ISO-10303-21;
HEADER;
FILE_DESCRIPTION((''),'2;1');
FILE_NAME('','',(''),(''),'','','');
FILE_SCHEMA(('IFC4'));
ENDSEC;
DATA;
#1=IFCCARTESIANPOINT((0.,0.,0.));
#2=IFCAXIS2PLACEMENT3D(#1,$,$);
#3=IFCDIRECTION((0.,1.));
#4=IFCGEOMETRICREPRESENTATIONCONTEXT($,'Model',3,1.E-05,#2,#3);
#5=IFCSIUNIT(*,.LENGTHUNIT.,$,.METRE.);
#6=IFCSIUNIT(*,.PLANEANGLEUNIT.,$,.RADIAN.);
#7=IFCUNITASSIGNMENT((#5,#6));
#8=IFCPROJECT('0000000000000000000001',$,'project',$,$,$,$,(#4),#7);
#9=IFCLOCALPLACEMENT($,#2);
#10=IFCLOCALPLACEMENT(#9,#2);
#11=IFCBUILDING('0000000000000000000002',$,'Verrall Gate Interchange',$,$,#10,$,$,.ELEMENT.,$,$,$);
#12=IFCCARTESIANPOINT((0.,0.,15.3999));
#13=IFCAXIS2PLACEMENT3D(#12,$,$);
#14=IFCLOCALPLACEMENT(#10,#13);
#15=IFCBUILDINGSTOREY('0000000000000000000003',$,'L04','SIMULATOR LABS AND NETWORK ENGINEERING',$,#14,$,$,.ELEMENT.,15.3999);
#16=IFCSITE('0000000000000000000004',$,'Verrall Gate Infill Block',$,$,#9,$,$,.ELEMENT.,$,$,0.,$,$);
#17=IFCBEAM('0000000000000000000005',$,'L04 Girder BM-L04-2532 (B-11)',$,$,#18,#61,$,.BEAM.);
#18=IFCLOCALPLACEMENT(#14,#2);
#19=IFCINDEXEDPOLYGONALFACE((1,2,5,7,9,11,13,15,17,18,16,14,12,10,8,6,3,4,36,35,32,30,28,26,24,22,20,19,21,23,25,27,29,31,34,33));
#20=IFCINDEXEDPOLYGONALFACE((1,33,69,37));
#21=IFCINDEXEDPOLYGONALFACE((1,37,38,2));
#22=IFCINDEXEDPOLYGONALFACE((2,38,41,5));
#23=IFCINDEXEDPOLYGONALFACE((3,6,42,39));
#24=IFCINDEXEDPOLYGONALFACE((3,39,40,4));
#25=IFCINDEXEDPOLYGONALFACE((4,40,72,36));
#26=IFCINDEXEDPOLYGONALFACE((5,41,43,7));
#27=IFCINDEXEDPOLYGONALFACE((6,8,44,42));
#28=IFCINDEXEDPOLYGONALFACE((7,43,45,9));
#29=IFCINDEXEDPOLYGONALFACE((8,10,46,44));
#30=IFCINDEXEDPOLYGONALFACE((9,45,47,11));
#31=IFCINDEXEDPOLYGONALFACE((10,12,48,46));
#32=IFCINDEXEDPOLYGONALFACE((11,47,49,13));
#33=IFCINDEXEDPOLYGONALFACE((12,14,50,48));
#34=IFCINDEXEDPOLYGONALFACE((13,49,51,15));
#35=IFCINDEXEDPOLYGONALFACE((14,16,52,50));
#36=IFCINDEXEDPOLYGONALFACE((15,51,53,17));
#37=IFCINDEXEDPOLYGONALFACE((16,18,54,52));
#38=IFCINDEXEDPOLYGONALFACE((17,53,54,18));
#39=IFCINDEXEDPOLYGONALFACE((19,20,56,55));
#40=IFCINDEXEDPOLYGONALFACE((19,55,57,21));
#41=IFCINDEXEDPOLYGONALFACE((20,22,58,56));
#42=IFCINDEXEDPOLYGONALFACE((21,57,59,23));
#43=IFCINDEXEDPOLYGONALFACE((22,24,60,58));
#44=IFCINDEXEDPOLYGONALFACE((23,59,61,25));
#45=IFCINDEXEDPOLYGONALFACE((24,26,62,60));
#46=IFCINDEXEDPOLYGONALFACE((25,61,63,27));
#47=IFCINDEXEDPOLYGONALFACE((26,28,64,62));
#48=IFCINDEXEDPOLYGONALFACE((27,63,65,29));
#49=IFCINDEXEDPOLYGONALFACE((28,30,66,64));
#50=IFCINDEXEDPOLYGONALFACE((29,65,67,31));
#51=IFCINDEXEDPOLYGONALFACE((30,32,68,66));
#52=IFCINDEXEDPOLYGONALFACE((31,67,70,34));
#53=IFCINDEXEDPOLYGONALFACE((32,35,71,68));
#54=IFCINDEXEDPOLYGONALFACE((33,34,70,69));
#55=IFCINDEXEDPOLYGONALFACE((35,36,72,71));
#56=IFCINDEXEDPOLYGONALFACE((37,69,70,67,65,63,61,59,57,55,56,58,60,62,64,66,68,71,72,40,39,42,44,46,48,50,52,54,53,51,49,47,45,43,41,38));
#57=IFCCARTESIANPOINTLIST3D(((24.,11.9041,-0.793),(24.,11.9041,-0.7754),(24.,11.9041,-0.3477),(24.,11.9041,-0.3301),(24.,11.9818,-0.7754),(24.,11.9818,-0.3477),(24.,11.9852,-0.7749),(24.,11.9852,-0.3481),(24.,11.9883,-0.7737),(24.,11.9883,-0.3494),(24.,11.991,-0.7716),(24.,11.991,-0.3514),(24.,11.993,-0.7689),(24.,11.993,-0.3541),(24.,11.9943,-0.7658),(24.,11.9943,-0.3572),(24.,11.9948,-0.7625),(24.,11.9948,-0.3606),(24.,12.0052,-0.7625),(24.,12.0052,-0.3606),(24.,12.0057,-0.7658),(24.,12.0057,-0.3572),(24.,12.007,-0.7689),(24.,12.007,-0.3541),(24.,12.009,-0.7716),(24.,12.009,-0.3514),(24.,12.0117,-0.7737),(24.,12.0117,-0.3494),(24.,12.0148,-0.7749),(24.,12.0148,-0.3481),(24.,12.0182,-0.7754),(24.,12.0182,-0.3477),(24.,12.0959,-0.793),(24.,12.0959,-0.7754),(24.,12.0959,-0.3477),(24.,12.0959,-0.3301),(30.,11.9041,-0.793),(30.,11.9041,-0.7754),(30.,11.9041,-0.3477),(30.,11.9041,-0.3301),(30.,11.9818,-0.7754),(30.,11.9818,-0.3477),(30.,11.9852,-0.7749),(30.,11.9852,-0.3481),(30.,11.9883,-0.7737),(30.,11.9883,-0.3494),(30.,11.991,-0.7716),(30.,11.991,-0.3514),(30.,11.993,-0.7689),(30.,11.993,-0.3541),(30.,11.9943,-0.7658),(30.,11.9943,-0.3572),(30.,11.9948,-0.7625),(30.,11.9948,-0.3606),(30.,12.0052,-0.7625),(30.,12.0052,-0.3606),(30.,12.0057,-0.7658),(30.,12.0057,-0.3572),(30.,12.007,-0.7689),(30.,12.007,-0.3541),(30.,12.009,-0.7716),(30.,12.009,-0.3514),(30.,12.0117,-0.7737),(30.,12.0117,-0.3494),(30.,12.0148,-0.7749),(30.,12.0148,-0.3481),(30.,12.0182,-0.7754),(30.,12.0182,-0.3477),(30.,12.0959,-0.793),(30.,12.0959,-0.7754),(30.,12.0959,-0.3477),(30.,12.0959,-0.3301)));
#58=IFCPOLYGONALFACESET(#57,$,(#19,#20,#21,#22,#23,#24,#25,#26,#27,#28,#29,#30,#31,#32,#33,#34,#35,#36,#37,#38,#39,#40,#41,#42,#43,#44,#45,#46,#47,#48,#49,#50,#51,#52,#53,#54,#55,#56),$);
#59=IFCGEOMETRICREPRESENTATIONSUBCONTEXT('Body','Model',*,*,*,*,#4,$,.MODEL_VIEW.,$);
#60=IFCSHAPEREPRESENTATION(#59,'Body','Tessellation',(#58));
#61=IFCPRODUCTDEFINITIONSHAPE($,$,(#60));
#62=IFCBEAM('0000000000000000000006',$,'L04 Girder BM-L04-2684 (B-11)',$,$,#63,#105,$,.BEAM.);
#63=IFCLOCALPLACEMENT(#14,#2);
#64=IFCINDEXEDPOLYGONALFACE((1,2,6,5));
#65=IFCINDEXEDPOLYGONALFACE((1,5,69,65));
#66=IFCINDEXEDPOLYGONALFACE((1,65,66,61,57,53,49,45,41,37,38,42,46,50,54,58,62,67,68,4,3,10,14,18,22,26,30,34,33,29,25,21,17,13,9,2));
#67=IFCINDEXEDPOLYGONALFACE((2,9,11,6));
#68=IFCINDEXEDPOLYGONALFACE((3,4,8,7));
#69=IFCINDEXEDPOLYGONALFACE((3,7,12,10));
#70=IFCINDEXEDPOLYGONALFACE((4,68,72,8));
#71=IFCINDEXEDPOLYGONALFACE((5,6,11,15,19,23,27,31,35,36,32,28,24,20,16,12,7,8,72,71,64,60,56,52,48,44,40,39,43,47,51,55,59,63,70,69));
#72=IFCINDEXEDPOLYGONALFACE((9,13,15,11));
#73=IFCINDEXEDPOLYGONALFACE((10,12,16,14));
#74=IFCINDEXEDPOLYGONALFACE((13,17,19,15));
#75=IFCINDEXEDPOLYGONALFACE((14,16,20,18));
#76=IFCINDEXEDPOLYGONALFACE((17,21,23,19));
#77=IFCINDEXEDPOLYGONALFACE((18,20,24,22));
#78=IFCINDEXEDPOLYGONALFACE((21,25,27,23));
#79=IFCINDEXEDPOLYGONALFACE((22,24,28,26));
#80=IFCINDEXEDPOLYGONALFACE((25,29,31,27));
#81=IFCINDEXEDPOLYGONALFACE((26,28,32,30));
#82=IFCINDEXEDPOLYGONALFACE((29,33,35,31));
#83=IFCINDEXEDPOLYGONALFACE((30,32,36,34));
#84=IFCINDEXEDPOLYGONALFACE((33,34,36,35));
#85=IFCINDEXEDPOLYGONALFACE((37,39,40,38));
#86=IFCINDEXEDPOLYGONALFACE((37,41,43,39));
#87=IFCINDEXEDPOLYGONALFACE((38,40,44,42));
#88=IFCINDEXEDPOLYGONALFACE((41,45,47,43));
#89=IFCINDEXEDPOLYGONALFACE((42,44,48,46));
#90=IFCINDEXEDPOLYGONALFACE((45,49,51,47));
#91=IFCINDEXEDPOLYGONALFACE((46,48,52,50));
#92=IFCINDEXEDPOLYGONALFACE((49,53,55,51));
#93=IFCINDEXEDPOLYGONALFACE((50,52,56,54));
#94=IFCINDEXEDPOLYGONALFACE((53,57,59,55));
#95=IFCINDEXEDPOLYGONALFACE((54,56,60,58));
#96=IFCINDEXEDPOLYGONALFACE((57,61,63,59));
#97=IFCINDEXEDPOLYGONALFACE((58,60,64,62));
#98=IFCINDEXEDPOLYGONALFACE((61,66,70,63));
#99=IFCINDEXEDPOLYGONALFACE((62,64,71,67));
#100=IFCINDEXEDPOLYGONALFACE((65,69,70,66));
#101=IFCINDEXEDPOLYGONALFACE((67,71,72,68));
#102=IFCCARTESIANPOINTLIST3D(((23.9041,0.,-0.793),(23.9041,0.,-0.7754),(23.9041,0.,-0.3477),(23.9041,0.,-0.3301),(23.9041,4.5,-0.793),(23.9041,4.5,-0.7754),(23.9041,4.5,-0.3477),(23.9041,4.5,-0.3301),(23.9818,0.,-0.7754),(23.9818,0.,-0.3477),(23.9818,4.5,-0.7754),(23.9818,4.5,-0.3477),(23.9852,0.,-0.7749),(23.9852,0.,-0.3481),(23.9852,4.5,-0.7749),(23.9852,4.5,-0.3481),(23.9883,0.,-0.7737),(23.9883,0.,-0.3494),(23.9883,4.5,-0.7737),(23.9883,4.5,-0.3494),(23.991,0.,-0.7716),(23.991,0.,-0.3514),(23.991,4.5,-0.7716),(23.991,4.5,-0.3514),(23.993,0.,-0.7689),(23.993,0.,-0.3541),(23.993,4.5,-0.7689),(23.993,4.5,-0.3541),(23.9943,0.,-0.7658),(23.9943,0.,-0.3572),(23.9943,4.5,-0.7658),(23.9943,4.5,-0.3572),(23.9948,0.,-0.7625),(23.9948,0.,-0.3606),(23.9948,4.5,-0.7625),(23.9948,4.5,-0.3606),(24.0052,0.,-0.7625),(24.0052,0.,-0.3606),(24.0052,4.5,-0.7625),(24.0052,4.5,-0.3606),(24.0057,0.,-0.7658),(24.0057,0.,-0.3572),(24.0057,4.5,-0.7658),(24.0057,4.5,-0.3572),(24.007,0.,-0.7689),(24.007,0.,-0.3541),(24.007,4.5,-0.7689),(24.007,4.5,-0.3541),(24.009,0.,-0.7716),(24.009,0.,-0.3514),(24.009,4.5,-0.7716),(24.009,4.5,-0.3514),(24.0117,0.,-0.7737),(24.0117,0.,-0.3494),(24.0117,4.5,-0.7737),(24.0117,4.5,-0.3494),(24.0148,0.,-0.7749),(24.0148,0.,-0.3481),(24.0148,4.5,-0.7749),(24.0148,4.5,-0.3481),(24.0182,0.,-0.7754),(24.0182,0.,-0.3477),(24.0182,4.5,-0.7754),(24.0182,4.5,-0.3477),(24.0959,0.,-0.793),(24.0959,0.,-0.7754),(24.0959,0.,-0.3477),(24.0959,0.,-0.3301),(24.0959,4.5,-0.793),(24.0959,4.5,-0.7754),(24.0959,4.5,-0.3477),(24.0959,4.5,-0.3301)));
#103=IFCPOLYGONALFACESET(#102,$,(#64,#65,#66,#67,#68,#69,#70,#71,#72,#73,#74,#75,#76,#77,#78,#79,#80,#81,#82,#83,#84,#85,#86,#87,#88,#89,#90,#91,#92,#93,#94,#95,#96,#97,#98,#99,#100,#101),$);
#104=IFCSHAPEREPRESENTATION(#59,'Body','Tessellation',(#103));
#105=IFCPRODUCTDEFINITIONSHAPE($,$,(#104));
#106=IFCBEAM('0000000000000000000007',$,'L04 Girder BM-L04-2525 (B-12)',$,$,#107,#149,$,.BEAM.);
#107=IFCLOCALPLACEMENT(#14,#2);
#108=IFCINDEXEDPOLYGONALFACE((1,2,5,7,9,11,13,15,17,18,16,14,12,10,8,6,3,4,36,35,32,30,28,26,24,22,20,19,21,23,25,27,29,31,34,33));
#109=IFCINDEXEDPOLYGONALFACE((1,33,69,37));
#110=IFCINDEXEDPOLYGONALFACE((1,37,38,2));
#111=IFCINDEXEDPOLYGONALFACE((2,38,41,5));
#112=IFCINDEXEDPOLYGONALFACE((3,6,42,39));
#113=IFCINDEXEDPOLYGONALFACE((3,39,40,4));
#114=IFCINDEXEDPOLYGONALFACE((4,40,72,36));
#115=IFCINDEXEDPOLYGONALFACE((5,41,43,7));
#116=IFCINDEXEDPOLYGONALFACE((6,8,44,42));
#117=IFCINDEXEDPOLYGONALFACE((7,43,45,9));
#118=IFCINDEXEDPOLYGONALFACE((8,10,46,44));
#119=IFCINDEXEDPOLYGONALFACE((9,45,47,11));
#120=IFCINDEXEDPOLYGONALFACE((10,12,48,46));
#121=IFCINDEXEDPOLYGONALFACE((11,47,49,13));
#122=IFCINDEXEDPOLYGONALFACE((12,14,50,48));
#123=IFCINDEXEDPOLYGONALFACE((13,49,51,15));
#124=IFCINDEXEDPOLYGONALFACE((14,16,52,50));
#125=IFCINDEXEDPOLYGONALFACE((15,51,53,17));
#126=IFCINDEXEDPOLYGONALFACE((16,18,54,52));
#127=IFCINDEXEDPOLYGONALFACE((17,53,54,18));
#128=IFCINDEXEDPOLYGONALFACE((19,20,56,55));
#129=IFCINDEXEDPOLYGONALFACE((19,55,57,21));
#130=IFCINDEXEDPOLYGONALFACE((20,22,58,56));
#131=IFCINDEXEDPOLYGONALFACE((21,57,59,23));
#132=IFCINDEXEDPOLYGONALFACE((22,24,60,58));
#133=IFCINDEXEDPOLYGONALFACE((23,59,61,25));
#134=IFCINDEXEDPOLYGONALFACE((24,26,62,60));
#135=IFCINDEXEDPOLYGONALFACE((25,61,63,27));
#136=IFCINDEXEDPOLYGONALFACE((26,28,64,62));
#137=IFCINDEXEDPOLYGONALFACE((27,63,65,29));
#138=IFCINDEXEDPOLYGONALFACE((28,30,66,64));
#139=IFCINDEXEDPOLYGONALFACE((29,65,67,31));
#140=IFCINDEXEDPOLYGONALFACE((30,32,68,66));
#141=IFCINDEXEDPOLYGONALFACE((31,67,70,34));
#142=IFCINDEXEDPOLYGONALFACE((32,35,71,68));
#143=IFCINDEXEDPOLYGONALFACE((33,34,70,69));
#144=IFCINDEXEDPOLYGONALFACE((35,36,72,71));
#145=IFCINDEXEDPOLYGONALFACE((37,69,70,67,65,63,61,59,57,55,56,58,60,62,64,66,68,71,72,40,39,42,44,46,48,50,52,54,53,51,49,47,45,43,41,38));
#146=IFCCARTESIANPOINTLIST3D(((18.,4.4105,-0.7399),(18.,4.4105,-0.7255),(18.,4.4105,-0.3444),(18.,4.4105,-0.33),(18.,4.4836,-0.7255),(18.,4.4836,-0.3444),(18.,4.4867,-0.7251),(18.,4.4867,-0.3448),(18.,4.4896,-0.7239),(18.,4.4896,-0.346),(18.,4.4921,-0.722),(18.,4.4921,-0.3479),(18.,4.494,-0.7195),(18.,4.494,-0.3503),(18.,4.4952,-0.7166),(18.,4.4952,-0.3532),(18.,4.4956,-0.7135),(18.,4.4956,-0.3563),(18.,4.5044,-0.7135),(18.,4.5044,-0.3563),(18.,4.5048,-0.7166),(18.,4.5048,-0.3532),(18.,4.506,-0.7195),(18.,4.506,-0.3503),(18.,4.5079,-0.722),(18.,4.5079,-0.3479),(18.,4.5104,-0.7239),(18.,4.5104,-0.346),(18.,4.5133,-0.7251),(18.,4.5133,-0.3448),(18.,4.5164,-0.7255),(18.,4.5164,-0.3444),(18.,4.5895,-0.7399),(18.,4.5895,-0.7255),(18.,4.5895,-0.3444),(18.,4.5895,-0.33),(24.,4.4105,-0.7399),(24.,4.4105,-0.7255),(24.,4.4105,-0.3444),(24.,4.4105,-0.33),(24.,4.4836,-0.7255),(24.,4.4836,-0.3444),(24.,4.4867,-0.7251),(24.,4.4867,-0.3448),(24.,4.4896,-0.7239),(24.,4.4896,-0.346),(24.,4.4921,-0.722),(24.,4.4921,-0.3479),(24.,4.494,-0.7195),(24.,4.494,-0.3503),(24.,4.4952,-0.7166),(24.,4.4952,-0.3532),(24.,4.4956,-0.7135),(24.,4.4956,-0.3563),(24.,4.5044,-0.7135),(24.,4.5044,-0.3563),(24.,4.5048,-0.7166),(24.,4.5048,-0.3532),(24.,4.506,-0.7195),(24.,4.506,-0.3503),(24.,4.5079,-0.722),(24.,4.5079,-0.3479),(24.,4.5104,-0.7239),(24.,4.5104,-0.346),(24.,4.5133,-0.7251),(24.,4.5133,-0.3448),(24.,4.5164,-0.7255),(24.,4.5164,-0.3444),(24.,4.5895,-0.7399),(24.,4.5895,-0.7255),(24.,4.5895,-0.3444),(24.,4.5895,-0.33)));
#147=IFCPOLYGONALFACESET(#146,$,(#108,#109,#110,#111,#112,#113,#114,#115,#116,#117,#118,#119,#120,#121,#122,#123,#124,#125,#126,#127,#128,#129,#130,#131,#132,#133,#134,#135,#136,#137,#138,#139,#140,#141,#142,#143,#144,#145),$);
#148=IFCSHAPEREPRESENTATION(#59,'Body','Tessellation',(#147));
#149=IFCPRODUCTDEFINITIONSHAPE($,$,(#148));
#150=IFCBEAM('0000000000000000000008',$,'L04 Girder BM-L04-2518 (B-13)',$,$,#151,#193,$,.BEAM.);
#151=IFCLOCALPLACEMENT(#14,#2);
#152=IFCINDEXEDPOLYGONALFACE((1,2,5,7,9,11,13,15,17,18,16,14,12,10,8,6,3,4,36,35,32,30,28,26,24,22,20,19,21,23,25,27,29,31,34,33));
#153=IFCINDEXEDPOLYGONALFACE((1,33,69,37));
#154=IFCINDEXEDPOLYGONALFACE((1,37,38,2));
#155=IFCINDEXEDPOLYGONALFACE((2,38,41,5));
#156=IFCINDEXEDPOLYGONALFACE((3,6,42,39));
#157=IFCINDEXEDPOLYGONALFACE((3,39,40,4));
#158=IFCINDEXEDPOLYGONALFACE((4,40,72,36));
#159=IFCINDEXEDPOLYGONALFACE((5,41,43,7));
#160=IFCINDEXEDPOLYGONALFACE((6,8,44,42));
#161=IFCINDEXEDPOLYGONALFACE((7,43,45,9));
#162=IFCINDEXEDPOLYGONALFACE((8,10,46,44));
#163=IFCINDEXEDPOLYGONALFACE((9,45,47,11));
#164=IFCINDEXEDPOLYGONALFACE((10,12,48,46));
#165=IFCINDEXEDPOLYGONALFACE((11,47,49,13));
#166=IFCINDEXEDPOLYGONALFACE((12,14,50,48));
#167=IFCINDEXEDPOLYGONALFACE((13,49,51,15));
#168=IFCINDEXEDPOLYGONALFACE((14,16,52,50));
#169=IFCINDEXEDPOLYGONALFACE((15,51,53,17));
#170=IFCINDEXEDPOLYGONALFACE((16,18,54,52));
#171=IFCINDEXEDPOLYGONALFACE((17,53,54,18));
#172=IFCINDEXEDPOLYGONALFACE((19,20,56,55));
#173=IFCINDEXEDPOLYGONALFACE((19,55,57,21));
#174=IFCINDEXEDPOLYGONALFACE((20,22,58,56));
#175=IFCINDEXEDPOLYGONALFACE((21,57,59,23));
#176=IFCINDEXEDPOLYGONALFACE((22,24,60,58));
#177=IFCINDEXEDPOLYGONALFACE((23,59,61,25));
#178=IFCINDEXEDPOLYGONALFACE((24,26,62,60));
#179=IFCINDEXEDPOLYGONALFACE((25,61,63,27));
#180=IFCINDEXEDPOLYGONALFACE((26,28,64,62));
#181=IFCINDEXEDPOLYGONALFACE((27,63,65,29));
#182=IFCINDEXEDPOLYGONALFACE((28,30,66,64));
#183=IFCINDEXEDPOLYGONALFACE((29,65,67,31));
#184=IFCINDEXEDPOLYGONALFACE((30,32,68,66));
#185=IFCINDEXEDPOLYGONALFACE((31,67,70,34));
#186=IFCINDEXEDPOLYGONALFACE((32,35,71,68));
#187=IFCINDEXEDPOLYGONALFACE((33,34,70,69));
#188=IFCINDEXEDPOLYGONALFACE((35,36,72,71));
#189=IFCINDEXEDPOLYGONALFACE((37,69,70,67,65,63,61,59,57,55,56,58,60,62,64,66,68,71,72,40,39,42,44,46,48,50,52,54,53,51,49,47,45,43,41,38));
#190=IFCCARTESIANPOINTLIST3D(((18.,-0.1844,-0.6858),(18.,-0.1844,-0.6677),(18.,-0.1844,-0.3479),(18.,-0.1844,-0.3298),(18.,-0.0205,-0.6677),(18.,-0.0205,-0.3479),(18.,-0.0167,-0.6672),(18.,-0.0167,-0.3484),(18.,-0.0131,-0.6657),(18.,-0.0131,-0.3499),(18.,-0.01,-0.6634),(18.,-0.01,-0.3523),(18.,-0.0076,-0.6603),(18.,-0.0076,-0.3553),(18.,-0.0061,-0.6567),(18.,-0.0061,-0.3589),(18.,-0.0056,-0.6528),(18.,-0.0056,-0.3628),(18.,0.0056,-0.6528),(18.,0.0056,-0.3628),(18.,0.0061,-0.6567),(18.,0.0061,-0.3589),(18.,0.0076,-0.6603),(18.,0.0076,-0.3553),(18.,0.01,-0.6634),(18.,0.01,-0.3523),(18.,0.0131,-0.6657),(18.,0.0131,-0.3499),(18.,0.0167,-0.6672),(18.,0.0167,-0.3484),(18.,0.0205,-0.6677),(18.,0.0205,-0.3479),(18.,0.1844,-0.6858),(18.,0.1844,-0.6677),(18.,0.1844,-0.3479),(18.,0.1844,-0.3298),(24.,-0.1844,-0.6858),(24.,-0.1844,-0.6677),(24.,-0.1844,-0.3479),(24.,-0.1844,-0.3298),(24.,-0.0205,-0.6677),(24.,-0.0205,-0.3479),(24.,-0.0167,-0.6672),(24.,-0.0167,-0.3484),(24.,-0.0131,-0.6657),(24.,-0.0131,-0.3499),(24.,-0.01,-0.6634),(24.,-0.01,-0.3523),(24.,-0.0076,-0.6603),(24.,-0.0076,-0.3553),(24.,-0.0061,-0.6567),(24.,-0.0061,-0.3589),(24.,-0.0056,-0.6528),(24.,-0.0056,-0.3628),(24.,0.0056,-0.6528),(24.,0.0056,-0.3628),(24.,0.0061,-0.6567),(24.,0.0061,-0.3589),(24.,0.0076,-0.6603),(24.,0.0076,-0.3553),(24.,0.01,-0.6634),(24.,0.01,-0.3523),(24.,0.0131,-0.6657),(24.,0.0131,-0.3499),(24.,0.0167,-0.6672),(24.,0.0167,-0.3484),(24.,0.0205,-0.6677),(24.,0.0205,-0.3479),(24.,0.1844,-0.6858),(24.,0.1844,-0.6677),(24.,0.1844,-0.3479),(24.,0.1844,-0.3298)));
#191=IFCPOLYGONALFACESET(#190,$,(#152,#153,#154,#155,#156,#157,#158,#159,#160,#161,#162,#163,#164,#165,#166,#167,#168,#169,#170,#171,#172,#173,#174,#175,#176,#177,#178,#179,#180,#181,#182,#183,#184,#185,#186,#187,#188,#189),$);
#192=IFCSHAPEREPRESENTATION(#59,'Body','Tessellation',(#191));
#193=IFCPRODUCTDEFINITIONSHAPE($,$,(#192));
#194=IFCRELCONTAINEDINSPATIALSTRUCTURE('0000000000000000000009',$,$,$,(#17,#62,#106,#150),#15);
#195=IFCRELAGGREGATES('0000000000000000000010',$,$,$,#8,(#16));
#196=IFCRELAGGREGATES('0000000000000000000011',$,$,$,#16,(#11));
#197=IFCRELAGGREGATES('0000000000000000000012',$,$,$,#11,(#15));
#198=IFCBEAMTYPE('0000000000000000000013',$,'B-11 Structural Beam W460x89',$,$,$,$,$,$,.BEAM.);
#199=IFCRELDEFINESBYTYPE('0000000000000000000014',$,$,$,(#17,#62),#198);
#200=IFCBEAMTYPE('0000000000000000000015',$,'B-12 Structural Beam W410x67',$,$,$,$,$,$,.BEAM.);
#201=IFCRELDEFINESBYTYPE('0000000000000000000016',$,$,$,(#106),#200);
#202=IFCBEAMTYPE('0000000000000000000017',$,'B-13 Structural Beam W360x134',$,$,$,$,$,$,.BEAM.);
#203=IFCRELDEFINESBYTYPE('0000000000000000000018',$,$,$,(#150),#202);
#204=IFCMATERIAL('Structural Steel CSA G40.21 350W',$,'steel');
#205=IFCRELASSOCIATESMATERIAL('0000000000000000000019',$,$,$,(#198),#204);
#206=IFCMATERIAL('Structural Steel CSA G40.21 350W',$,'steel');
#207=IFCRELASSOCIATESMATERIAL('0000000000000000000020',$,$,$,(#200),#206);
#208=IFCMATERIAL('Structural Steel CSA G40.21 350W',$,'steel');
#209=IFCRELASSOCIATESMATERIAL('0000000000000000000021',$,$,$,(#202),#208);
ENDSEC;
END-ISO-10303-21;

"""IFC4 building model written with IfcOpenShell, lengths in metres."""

from ifc_helpers import new_model, si_unit, direction, frame, origin, origin_2d, place, context, subcontext, project, spatial, i_section, extrude, material, material_profile, profile_set, type_object, element, save


model = new_model("IFC4")

# Units and contexts
model_context = context("Model", 3, precision=1e-05, world=origin(), true_north=direction((0.0, 1.0)))
body_context = subcontext(model_context, "Body", "Model", "MODEL_VIEW")
ifc_project = project(units=[si_unit("LENGTHUNIT", "METRE"), si_unit("PLANEANGLEUNIT", "RADIAN")], contexts=[model_context])

# Site, building, storey
site_placement = place(None, origin())
site = spatial("IfcSite", under=ifc_project, at=site_placement, Name="Verrall Gate Infill Block", CompositionType="ELEMENT", RefElevation=0.0)
building_placement = place(site_placement, origin())
building = spatial("IfcBuilding", under=site, at=building_placement, Name="Verrall Gate Interchange", CompositionType="ELEMENT")
storey_placement = place(building_placement, frame((0.0, 0.0, 15.3999)))
storey = spatial("IfcBuildingStorey", under=building, at=storey_placement, Name="L04", Description="SIMULATOR LABS AND NETWORK ENGINEERING", CompositionType="ELEMENT", Elevation=15.3999)

# Beams
ifc_material_1 = material(Name="Structural Steel CSA G40.21 350W", Category="steel")
ifc_material_profile_1 = material_profile(ifc_material_1, i_section(OverallWidth=0.1919, OverallDepth=0.4629, WebThickness=0.0105, FlangeThickness=0.0176, FilletRadius=0.0129, at=origin_2d()), Name="W460x89")
ifc_profile_set_1 = profile_set([ifc_material_profile_1], Name="Structural Steel CSA G40.21 350W")
beam_type_1 = type_object("IfcBeamType", Name="B-11 Structural Beam W460x89", PredefinedType="BEAM", material=ifc_profile_set_1)
beam_1_placement = place(storey_placement, frame((24.0, 12.0, -0.5615), z_axis=(1.0, 0.0, 0.0), x_axis=(0.0, 1.0, 0.0)))
element("IfcBeam", 1, at=beam_1_placement, inside=storey, type_object=beam_type_1, Name="L04 Girder BM-L04-2532 (B-11)", PredefinedType="BEAM", context=body_context, shape_type="SweptSolid", body=[
    extrude(i_section(OverallWidth=0.1919, OverallDepth=0.4629, WebThickness=0.0105, FlangeThickness=0.0176, FilletRadius=0.0129, at=origin_2d()), origin(), (0.0, 0.0, 1.0), 6.0),
])
beam_2_placement = place(storey_placement, frame((24.0, 0.0, -0.5615), z_axis=(0.0, 1.0, 0.0), x_axis=(-1.0, 0.0, 0.0)))
element("IfcBeam", 2, at=beam_2_placement, inside=storey, type_object=beam_type_1, Name="L04 Girder BM-L04-2684 (B-11)", PredefinedType="BEAM", context=body_context, shape_type="SweptSolid", body=[
    extrude(i_section(OverallWidth=0.1919, OverallDepth=0.4629, WebThickness=0.0105, FlangeThickness=0.0176, FilletRadius=0.0129, at=origin_2d()), origin(), (0.0, 0.0, 1.0), 4.5),
])
ifc_material_2 = material(Name="Structural Steel CSA G40.21 350W", Category="steel")
ifc_material_profile_2 = material_profile(ifc_material_2, i_section(OverallWidth=0.179, OverallDepth=0.4099, WebThickness=0.0088, FlangeThickness=0.0144, FilletRadius=0.012, at=origin_2d()), Name="W410x67")
ifc_profile_set_2 = profile_set([ifc_material_profile_2], Name="Structural Steel CSA G40.21 350W")
beam_type_2 = type_object("IfcBeamType", Name="B-12 Structural Beam W410x67", PredefinedType="BEAM", material=ifc_profile_set_2)
beam_3_placement = place(storey_placement, frame((18.0, 4.5, -0.5349), z_axis=(1.0, 0.0, 0.0), x_axis=(0.0, 1.0, 0.0)))
element("IfcBeam", 3, at=beam_3_placement, inside=storey, type_object=beam_type_2, Name="L04 Girder BM-L04-2525 (B-12)", PredefinedType="BEAM", context=body_context, shape_type="SweptSolid", body=[
    extrude(i_section(OverallWidth=0.179, OverallDepth=0.4099, WebThickness=0.0088, FlangeThickness=0.0144, FilletRadius=0.012, at=origin_2d()), origin(), (0.0, 0.0, 1.0), 6.0),
])
ifc_material_3 = material(Name="Structural Steel CSA G40.21 350W", Category="steel")
ifc_material_profile_3 = material_profile(ifc_material_3, i_section(OverallWidth=0.3689, OverallDepth=0.356, WebThickness=0.0112, FlangeThickness=0.0181, FilletRadius=0.0149, at=origin_2d()), Name="W360x134")
ifc_profile_set_3 = profile_set([ifc_material_profile_3], Name="Structural Steel CSA G40.21 350W")
beam_type_3 = type_object("IfcBeamType", Name="B-13 Structural Beam W360x134", PredefinedType="BEAM", material=ifc_profile_set_3)
for number, where, z_axis, x_axis, name in (
    (4, (18.0, 0.0, -0.5078), (1.0, 0.0, 0.0), (0.0, 1.0, 0.0), "L04 Girder BM-L04-2518 (B-13)"),
):
    element("IfcBeam", number, at=place(storey_placement, frame(where, z_axis=z_axis, x_axis=x_axis)), inside=storey, type_object=beam_type_3, Name=name, PredefinedType="BEAM", context=body_context, shape_type="SweptSolid", body=[
        extrude(i_section(OverallWidth=0.3689, OverallDepth=0.356, WebThickness=0.0112, FlangeThickness=0.0181, FilletRadius=0.0149, at=origin_2d()), origin(), (0.0, 0.0, 1.0), 6.0),
    ])

save(model, "model.ifc")
